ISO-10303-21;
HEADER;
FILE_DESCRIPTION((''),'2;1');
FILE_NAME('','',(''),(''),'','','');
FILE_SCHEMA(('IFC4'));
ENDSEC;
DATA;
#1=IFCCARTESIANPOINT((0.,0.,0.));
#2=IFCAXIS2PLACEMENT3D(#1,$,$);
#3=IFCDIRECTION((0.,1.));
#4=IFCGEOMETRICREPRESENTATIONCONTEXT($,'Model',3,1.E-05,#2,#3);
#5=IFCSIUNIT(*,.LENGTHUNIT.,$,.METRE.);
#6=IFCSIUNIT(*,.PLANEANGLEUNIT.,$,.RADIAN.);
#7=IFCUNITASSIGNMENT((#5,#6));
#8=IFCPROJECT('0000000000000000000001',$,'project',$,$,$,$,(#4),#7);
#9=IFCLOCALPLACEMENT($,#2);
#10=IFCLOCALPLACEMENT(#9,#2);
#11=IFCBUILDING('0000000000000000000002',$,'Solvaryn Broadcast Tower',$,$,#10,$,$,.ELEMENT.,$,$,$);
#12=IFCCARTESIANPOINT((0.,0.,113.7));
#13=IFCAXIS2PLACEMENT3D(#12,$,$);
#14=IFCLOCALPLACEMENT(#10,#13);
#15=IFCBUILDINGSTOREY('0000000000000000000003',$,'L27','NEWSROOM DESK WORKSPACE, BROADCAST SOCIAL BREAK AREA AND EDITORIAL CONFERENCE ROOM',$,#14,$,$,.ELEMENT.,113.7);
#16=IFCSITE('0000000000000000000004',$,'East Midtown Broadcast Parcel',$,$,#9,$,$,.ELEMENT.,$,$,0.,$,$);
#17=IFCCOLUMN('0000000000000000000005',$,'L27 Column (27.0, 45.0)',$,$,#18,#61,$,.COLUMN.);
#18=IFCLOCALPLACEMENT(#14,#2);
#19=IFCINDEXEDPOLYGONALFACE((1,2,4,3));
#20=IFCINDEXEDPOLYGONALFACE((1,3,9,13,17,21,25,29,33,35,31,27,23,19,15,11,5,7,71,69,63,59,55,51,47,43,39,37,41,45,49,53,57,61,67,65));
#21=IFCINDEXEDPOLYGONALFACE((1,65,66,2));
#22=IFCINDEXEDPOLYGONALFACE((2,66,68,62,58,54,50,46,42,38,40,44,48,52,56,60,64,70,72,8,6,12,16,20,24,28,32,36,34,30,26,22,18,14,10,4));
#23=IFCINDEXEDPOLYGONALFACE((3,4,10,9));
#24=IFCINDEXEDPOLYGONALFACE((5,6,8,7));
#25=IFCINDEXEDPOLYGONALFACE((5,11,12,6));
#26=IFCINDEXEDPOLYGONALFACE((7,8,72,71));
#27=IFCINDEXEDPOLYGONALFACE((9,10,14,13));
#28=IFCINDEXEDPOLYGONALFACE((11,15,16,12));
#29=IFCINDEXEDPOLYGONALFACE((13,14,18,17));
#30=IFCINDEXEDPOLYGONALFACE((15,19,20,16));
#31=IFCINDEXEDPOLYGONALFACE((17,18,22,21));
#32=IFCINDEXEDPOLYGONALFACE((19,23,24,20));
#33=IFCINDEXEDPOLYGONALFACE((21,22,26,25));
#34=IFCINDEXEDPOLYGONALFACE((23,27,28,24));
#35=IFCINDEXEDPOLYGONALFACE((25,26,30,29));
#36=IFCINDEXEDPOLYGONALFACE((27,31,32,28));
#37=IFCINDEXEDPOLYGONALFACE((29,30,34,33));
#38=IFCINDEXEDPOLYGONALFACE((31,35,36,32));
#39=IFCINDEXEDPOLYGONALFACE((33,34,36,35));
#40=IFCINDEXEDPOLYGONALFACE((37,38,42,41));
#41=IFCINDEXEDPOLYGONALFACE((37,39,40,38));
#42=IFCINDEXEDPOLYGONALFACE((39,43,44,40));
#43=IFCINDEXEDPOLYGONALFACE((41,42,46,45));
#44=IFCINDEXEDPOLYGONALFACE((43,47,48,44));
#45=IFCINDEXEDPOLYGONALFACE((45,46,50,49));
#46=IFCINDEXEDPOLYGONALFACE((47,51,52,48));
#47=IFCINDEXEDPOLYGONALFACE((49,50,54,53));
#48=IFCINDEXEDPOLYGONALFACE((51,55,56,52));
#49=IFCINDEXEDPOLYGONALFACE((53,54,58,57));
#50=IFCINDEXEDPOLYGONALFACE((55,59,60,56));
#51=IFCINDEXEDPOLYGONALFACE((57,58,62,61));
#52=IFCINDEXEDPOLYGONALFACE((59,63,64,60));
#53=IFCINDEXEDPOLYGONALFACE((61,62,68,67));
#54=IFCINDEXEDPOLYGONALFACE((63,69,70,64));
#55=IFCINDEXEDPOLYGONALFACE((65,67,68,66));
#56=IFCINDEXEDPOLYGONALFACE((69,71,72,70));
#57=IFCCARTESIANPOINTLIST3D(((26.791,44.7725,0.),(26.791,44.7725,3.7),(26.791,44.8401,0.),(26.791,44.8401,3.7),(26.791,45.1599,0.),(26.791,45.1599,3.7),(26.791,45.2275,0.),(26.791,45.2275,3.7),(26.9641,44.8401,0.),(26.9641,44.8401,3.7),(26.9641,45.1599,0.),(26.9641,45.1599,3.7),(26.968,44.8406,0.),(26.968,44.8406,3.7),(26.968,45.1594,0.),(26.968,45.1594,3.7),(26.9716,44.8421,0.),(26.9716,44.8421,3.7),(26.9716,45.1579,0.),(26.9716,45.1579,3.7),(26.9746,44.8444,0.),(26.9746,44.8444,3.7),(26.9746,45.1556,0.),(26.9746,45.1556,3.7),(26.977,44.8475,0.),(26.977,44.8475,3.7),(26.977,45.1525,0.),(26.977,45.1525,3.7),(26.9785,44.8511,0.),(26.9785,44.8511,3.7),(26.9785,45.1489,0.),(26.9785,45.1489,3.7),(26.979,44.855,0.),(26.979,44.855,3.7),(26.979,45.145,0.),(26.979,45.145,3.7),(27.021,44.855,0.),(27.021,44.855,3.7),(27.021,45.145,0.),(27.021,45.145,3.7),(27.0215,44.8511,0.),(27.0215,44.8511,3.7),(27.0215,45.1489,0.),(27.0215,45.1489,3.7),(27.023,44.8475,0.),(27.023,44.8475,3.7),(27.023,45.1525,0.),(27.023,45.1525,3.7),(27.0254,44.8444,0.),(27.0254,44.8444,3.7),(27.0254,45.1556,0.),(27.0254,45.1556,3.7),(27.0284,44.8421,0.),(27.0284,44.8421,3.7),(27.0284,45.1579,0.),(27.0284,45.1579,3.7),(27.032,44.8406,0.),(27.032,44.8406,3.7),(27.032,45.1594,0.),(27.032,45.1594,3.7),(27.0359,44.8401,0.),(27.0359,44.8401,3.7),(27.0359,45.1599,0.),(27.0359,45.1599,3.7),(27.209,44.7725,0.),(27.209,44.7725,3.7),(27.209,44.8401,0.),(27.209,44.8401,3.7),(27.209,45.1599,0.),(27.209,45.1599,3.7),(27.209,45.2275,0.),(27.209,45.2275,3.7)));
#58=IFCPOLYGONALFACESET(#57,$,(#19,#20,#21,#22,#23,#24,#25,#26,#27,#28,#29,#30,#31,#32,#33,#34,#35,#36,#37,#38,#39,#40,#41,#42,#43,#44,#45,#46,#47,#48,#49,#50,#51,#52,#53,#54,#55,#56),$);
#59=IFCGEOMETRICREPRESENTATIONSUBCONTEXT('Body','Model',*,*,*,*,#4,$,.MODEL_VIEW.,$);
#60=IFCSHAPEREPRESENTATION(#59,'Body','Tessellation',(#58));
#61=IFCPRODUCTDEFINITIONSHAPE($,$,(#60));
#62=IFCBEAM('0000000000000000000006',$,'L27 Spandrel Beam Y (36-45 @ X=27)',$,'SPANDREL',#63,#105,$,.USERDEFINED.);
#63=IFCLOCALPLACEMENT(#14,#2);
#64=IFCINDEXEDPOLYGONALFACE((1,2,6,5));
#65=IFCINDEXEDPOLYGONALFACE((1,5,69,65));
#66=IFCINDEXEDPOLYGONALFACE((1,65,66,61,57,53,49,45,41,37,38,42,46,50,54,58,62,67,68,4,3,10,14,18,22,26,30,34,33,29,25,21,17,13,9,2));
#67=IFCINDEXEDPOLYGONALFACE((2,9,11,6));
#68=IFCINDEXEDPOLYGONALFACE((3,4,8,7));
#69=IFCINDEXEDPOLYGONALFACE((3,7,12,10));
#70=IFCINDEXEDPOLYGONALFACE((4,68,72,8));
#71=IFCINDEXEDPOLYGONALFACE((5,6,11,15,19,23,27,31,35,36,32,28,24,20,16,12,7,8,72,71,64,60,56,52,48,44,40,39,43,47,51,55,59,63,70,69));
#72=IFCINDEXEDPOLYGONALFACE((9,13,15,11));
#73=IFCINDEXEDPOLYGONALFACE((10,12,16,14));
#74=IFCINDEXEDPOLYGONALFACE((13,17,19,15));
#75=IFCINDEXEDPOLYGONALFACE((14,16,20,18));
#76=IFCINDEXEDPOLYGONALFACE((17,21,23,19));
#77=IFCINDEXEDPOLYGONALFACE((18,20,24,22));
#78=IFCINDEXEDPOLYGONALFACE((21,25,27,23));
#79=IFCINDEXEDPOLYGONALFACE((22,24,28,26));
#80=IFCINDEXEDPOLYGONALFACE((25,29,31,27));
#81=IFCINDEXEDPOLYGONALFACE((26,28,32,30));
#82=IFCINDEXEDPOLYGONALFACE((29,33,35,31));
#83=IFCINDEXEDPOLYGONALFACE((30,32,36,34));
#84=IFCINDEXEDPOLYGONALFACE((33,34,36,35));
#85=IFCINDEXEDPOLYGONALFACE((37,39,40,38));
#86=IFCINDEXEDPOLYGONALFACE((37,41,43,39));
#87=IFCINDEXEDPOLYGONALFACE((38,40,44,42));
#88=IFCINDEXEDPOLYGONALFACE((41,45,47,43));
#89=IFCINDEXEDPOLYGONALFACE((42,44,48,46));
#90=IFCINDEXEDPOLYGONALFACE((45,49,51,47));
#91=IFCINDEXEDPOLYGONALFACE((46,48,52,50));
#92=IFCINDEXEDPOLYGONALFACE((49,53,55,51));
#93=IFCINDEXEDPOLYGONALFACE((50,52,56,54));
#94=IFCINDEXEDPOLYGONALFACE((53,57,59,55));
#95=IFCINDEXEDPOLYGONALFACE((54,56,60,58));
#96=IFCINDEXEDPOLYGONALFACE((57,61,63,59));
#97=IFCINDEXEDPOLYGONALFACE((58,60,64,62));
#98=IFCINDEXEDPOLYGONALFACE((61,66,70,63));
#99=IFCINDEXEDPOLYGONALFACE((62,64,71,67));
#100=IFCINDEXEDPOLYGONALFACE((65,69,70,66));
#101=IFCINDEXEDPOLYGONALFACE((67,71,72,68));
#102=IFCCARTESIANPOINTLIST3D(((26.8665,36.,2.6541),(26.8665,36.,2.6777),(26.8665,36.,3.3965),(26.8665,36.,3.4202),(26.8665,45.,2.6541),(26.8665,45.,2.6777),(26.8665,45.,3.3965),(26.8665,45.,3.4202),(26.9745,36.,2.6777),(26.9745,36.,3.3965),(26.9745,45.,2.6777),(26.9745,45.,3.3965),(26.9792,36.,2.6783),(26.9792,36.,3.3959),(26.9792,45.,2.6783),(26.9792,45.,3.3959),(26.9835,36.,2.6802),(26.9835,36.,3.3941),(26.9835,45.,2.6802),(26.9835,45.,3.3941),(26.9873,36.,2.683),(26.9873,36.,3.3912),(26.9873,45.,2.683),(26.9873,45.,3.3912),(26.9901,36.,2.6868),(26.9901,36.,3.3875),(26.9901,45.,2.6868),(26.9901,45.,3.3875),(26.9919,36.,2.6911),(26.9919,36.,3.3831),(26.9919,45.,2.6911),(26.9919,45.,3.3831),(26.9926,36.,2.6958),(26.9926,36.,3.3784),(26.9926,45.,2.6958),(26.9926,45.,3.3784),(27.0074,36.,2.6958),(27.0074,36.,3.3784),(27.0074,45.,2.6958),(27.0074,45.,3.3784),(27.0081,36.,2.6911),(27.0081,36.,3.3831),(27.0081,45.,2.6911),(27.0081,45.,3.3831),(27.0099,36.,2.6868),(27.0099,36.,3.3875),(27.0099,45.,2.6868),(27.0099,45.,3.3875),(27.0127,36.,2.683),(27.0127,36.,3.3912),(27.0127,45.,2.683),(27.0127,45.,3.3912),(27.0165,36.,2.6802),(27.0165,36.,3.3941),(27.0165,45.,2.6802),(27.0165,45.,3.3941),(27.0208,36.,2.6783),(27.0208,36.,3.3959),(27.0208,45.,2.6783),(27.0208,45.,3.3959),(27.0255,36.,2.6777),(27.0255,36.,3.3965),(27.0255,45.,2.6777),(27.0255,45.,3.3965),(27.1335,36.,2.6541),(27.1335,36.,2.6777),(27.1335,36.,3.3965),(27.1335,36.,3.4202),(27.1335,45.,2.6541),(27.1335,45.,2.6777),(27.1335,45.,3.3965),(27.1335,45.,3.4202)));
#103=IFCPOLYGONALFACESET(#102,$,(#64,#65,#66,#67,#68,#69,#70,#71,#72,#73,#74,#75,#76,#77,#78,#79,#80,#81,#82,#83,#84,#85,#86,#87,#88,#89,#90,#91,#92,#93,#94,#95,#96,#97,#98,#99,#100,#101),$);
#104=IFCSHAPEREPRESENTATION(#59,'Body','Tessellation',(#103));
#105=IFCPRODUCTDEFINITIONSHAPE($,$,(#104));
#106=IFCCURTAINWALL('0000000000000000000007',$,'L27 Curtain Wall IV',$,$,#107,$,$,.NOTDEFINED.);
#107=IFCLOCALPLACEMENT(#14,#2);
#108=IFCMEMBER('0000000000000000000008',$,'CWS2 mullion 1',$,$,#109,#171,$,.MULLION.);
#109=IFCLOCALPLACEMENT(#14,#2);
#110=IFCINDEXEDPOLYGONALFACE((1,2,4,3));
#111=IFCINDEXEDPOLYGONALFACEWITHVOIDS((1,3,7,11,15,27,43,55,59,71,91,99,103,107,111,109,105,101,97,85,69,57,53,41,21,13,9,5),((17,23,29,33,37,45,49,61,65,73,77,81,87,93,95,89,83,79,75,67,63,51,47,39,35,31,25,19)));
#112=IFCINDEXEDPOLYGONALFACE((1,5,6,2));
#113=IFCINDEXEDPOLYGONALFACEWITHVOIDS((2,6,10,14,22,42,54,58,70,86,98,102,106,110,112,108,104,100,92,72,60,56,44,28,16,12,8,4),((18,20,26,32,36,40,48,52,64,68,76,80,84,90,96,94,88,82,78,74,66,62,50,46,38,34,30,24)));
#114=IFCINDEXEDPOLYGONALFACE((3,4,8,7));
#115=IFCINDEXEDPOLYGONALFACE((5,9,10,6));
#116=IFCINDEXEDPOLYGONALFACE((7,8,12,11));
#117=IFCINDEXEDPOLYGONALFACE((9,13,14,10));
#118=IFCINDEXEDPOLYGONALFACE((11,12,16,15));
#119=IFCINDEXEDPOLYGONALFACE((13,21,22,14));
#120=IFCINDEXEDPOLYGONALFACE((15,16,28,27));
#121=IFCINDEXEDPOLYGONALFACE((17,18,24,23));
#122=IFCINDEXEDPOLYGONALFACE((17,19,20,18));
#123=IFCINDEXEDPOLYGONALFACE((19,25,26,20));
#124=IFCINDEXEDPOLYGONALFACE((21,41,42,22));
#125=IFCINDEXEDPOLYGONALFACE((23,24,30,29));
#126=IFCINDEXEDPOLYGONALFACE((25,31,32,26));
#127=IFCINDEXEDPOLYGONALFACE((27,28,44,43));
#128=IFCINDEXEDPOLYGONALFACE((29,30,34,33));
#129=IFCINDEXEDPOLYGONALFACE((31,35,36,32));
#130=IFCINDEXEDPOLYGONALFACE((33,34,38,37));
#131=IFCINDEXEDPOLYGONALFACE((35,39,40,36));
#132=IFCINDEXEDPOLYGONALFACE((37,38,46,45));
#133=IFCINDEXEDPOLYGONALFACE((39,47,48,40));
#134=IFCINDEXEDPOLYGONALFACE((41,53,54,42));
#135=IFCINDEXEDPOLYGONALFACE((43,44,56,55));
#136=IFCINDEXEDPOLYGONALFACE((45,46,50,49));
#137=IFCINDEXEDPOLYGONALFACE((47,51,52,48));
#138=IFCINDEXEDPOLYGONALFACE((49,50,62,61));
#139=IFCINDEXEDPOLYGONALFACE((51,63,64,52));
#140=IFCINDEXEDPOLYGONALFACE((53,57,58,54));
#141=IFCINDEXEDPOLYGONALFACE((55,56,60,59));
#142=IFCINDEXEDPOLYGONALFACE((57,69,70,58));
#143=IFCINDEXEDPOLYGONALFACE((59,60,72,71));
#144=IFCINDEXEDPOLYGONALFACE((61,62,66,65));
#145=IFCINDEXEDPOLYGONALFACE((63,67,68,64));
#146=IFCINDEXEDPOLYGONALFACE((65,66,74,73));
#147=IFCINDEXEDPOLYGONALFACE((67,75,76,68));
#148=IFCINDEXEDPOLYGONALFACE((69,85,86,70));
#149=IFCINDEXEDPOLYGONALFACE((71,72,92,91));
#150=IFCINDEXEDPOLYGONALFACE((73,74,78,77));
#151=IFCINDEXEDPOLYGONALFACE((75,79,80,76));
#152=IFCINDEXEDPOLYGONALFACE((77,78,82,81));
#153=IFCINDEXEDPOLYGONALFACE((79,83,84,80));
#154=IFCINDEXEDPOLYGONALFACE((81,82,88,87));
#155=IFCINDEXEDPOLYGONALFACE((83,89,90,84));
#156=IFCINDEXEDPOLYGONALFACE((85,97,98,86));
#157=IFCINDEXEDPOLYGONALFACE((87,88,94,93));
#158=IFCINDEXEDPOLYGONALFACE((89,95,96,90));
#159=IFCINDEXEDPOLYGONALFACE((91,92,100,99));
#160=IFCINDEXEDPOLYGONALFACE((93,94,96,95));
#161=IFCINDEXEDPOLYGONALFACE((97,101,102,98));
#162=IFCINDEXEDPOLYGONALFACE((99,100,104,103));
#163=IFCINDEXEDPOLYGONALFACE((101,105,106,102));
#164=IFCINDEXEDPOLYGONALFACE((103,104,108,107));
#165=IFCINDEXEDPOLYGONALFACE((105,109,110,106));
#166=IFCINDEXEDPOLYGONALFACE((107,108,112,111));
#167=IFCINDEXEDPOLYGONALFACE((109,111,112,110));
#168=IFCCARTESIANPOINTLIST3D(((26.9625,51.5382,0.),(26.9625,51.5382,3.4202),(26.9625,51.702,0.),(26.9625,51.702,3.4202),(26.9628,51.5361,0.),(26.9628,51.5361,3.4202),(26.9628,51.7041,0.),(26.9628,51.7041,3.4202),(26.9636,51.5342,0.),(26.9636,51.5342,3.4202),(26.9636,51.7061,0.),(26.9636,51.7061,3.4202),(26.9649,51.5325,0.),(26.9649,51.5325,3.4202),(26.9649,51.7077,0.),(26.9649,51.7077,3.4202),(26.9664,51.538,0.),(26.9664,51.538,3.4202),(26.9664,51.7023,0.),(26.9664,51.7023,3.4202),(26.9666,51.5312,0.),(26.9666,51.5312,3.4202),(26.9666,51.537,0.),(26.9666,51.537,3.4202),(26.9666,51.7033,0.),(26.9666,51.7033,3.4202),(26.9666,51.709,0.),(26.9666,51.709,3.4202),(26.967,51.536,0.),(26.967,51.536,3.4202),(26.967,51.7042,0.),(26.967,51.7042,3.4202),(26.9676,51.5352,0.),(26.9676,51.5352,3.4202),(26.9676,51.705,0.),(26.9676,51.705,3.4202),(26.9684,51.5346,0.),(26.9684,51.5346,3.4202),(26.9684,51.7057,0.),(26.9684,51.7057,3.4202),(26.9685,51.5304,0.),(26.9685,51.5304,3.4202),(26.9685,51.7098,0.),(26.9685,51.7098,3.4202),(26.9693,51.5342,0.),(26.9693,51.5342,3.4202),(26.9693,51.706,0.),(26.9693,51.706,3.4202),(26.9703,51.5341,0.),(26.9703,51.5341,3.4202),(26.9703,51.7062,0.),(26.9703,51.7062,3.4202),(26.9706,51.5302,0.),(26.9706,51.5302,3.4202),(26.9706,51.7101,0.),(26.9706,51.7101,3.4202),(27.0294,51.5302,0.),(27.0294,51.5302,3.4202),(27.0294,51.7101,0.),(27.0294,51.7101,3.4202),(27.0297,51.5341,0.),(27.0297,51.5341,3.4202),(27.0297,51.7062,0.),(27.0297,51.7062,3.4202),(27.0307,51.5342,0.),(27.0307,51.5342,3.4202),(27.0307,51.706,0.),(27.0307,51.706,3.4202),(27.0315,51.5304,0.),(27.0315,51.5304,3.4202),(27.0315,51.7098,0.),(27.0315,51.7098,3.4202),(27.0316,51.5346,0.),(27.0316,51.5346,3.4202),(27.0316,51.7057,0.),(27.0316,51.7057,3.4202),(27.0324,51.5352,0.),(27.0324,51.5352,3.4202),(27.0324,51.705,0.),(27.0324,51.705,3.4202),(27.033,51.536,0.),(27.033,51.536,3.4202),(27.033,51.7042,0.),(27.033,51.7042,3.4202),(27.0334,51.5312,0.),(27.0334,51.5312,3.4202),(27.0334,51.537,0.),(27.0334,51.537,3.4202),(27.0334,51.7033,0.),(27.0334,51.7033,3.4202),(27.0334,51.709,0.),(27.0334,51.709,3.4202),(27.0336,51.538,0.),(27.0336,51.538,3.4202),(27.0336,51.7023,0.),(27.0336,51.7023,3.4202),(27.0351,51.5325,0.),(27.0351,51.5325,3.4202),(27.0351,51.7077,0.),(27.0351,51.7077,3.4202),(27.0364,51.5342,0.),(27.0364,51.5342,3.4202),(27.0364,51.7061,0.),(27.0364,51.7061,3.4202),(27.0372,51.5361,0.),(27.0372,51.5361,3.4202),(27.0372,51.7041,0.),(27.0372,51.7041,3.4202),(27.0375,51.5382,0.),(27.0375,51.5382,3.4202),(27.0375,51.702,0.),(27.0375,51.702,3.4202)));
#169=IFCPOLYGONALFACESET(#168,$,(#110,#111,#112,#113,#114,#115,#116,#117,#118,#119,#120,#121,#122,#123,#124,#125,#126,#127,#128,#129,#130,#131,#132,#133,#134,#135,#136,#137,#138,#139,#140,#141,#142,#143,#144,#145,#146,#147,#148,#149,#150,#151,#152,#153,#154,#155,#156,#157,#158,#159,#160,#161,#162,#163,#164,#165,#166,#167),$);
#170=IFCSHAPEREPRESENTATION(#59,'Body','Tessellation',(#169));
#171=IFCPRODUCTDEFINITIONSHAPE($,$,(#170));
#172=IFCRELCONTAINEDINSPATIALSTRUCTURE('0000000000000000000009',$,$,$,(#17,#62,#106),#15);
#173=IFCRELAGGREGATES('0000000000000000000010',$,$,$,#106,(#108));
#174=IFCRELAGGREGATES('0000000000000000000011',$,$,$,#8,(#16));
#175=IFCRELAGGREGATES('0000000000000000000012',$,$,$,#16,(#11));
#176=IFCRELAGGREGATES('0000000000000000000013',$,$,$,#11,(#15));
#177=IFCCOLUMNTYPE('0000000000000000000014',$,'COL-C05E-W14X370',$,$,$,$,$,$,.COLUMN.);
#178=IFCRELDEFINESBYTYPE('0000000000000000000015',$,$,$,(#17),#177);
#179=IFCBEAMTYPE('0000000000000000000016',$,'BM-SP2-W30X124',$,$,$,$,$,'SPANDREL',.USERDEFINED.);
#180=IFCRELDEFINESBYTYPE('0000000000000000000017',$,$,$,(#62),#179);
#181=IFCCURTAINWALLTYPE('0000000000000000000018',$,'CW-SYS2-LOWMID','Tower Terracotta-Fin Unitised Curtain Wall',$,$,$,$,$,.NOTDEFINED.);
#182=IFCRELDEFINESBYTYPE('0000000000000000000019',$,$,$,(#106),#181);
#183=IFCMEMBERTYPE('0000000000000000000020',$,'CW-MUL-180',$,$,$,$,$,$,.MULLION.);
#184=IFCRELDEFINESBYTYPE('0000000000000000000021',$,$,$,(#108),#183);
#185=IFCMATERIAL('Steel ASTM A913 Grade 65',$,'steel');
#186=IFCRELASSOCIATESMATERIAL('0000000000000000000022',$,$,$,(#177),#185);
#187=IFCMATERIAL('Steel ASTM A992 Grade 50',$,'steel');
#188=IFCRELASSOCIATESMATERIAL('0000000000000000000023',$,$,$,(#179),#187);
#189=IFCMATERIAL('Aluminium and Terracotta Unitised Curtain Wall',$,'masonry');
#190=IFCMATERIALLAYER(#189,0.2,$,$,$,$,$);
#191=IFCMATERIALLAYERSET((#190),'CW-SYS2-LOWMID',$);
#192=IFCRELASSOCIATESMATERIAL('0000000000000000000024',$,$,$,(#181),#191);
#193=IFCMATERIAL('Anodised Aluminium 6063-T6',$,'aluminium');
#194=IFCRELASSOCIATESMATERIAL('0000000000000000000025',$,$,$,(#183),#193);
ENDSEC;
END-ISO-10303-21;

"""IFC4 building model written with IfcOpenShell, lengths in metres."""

from ifc_helpers import new_model, si_unit, direction, frame, origin, origin_2d, place, context, subcontext, project, spatial, hollow_rectangle, i_section, extrude, material, layer, layer_set, material_profile, profile_set, type_object, element, aggregate, save


model = new_model("IFC4")

# Units and contexts
model_context = context("Model", 3, precision=1e-05, world=origin(), true_north=direction((0.0, 1.0)))
body_context = subcontext(model_context, "Body", "Model", "MODEL_VIEW")
ifc_project = project(units=[si_unit("LENGTHUNIT", "METRE"), si_unit("PLANEANGLEUNIT", "RADIAN")], contexts=[model_context])

# Site, building, storey
site_placement = place(None, origin())
site = spatial("IfcSite", under=ifc_project, at=site_placement, Name="East Midtown Broadcast Parcel", CompositionType="ELEMENT", RefElevation=0.0)
building_placement = place(site_placement, origin())
building = spatial("IfcBuilding", under=site, at=building_placement, Name="Solvaryn Broadcast Tower", CompositionType="ELEMENT")
storey_placement = place(building_placement, frame((0.0, 0.0, 113.7)))
storey = spatial("IfcBuildingStorey", under=building, at=storey_placement, Name="L27", Description="NEWSROOM DESK WORKSPACE, BROADCAST SOCIAL BREAK AREA AND EDITORIAL CONFERENCE ROOM", CompositionType="ELEMENT", Elevation=113.7)

# Column
ifc_material_1 = material(Name="Steel ASTM A913 Grade 65", Category="steel")
ifc_material_profile_1 = material_profile(ifc_material_1, i_section(OverallWidth=0.418, OverallDepth=0.4551, WebThickness=0.042, FlangeThickness=0.0676, FilletRadius=0.0149, at=origin_2d()))
ifc_profile_set_1 = profile_set([ifc_material_profile_1], Name="Steel ASTM A913 Grade 65")
column_type = type_object("IfcColumnType", Name="COL-C05E-W14X370", PredefinedType="COLUMN", material=ifc_profile_set_1)
column_placement = place(storey_placement, frame((27.0, 45.0, 0.0), z_axis=(0.0, 0.0, 1.0), x_axis=(1.0, 0.0, 0.0)))
element("IfcColumn", 1, at=column_placement, inside=storey, type_object=column_type, Name="L27 Column (27.0, 45.0)", PredefinedType="COLUMN", context=body_context, shape_type="SweptSolid", body=[
    extrude(i_section(OverallWidth=0.418, OverallDepth=0.4551, WebThickness=0.042, FlangeThickness=0.0676, FilletRadius=0.0149, at=origin_2d()), origin(), (0.0, 0.0, 1.0), 3.7),
])

# Beam
ifc_material_2 = material(Name="Steel ASTM A992 Grade 50", Category="steel")
ifc_material_profile_2 = material_profile(ifc_material_2, i_section(OverallWidth=0.2671, OverallDepth=0.7661, WebThickness=0.0149, FlangeThickness=0.0237, FilletRadius=0.0181, at=origin_2d()))
ifc_profile_set_2 = profile_set([ifc_material_profile_2], Name="Steel ASTM A992 Grade 50")
beam_type = type_object("IfcBeamType", Name="BM-SP2-W30X124", ElementType="SPANDREL", PredefinedType="USERDEFINED", material=ifc_profile_set_2)
beam_placement = place(storey_placement, frame((27.0, 36.0, 3.0371), z_axis=(0.0, 1.0, 0.0), x_axis=(-1.0, 0.0, 0.0)))
element("IfcBeam", 2, at=beam_placement, inside=storey, type_object=beam_type, Name="L27 Spandrel Beam Y (36-45 @ X=27)", ObjectType="SPANDREL", PredefinedType="USERDEFINED", context=body_context, shape_type="SweptSolid", body=[
    extrude(i_section(OverallWidth=0.2671, OverallDepth=0.7661, WebThickness=0.0149, FlangeThickness=0.0237, FilletRadius=0.0181, at=origin_2d()), origin(), (0.0, 0.0, 1.0), 9.0),
])

# Curtain wall, member
ifc_material_3 = material(Name="Aluminium and Terracotta Unitised Curtain Wall", Category="masonry")
ifc_layer_1 = layer(ifc_material_3, 0.2)
ifc_layer_set_1 = layer_set([ifc_layer_1], Name="CW-SYS2-LOWMID")
curtain_wall_type = type_object("IfcCurtainWallType", Name="CW-SYS2-LOWMID", Description="Tower Terracotta-Fin Unitised Curtain Wall", PredefinedType="NOTDEFINED", material=ifc_layer_set_1)
curtain_wall_1_placement = place(storey_placement, origin())
curtain_wall_1 = element("IfcCurtainWall", 3, at=curtain_wall_1_placement, inside=storey, type_object=curtain_wall_type, Name="L27 Curtain Wall IV", PredefinedType="NOTDEFINED")
ifc_material_4 = material(Name="Anodised Aluminium 6063-T6", Category="aluminium")
ifc_material_profile_3 = material_profile(ifc_material_4, hollow_rectangle(XDim=0.075, YDim=0.1799, WallThickness=0.0039, InnerFilletRadius=0.0039, OuterFilletRadius=0.0081, at=origin_2d()))
ifc_profile_set_3 = profile_set([ifc_material_profile_3], Name="Anodised Aluminium 6063-T6")
member_type_1 = type_object("IfcMemberType", Name="CW-MUL-180", PredefinedType="MULLION", material=ifc_profile_set_3)
member_1_placement = place(storey_placement, frame((27.0, 51.6201, 0.0), z_axis=(0.0, 0.0, 1.0), x_axis=(1.0, 0.0, 0.0)))
member_1 = element("IfcMember", 4, at=member_1_placement, type_object=member_type_1, Name="CWS2 mullion 1", PredefinedType="MULLION", context=body_context, shape_type="SweptSolid", body=[
    extrude(hollow_rectangle(XDim=0.075, YDim=0.1799, WallThickness=0.0039, InnerFilletRadius=0.0039, OuterFilletRadius=0.0081, at=origin_2d()), origin(), (0.0, 0.0, 1.0), 3.4202),
])

aggregate(curtain_wall_1, [member_1])

save(model, "model.ifc")
